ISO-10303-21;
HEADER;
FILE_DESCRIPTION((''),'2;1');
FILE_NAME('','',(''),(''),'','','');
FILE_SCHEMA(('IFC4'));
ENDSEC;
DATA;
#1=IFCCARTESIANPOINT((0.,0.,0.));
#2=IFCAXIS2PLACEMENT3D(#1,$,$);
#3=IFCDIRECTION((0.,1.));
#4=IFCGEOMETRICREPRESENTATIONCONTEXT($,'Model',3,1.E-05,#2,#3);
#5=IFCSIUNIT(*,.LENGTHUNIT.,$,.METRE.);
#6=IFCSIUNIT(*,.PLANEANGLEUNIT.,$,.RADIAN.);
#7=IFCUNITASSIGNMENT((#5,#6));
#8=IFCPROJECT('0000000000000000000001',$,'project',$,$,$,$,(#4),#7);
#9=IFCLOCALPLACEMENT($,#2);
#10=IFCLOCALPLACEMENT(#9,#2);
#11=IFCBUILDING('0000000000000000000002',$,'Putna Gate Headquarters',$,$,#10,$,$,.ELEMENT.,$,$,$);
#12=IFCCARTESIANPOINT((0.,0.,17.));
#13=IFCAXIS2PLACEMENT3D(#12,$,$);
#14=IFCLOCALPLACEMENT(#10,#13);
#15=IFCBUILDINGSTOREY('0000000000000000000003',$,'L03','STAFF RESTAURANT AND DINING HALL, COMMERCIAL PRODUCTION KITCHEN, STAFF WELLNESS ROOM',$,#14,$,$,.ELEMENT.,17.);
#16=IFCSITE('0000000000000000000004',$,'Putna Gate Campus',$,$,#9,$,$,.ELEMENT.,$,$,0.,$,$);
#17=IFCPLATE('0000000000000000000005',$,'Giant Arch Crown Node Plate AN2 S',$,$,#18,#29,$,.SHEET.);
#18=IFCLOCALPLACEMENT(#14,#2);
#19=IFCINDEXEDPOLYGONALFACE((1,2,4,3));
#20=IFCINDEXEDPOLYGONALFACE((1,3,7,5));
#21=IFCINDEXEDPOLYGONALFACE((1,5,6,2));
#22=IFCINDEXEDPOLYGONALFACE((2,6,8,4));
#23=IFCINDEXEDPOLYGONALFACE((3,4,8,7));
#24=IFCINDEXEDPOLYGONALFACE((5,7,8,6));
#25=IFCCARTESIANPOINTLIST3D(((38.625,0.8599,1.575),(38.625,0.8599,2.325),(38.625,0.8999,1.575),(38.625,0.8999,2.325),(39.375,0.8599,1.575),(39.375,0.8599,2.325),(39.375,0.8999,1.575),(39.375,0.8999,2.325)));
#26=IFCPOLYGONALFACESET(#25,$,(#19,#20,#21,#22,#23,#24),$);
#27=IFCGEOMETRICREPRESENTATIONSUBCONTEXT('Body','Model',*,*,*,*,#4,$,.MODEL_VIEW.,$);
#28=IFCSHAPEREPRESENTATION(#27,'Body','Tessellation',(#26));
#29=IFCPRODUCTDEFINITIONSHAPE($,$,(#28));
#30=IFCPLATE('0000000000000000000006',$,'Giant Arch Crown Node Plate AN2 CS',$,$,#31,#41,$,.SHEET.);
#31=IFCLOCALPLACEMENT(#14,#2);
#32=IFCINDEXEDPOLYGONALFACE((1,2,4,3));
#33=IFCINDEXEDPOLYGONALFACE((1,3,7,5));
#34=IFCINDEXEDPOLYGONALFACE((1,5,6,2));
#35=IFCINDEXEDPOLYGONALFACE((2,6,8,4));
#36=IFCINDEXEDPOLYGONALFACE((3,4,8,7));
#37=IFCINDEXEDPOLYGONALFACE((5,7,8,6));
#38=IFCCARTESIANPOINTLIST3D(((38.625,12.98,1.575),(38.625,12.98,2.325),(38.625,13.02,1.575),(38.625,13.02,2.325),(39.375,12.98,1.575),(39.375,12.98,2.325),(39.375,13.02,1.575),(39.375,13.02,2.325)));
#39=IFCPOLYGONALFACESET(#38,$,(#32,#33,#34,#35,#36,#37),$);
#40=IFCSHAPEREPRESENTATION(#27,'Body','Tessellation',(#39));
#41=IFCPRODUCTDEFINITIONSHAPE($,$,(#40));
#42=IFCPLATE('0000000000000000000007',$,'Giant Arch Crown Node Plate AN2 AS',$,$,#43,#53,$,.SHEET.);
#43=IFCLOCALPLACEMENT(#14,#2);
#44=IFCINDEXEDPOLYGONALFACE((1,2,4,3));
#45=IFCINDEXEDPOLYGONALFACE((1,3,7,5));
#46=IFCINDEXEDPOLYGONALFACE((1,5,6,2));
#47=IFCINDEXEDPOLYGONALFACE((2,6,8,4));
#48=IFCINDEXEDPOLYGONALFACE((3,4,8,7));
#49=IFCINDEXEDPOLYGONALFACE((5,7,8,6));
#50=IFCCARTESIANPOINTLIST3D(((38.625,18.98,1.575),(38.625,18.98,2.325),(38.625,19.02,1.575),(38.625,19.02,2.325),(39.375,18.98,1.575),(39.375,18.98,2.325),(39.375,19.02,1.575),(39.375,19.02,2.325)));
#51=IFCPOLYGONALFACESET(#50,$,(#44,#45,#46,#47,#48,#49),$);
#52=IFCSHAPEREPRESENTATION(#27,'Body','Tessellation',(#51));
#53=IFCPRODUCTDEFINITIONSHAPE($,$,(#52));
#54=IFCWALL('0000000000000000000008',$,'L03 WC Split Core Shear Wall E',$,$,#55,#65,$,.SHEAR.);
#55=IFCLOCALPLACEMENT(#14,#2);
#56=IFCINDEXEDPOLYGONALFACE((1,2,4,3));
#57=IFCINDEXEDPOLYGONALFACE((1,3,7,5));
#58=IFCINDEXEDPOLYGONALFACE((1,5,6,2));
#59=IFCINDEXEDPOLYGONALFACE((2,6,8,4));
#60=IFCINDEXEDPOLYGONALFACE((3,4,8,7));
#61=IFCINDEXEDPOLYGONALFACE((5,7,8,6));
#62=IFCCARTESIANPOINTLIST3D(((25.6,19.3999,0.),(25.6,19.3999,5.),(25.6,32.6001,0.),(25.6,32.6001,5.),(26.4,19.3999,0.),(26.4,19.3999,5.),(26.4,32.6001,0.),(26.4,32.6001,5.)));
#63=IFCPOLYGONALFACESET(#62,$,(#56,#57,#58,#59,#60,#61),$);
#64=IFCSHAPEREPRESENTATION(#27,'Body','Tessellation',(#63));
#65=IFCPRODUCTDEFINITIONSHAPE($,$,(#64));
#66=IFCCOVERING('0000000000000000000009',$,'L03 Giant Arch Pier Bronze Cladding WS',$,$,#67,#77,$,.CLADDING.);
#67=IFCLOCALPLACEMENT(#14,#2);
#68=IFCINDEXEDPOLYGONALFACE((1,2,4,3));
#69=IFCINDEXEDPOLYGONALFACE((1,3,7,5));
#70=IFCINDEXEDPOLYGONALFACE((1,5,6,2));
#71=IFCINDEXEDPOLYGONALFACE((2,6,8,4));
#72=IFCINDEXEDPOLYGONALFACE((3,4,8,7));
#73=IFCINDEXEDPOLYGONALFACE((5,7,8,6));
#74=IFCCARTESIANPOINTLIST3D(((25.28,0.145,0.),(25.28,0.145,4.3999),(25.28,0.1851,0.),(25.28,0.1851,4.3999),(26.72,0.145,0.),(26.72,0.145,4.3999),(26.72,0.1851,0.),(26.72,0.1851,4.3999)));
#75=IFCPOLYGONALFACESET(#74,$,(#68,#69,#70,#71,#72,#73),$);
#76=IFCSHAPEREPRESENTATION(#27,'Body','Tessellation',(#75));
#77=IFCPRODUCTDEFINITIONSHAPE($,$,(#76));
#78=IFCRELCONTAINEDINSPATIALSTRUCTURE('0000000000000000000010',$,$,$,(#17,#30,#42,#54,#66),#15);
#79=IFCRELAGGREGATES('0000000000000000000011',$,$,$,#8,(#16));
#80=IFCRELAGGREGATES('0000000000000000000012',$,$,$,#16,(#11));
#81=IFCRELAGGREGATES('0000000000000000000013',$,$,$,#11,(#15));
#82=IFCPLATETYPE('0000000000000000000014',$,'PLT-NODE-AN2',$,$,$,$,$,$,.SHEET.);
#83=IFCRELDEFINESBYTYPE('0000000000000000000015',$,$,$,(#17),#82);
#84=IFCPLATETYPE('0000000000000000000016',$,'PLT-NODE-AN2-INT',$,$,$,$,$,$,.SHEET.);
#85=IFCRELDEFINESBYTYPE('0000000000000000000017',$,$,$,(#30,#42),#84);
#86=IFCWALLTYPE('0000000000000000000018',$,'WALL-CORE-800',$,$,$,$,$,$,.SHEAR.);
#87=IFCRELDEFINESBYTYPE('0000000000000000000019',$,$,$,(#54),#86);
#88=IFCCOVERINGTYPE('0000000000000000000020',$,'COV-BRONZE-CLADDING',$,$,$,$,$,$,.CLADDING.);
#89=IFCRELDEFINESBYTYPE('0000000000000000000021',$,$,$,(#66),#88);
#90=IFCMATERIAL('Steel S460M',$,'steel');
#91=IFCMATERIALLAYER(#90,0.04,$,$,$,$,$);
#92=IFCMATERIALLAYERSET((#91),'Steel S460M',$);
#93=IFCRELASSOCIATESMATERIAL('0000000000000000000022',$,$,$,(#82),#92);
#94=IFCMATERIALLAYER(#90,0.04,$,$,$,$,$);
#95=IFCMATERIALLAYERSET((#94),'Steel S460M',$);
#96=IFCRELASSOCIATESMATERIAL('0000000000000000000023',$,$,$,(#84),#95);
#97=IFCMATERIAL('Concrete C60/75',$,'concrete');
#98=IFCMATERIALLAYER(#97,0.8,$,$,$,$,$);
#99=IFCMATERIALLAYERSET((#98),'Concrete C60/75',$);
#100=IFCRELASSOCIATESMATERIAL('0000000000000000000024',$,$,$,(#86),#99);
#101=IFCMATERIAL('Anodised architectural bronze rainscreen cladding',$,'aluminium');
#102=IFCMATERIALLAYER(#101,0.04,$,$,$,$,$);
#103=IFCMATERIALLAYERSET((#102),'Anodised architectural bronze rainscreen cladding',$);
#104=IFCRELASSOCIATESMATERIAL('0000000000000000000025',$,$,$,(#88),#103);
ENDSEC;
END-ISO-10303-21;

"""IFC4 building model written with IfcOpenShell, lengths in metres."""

from ifc_helpers import new_model, si_unit, direction, frame, frame_2d, origin, origin_2d, place, context, subcontext, project, spatial, rectangle, extrude, material, layer, layer_set, type_object, element, save


model = new_model("IFC4")

# Units and contexts
model_context = context("Model", 3, precision=1e-05, world=origin(), true_north=direction((0.0, 1.0)))
body_context = subcontext(model_context, "Body", "Model", "MODEL_VIEW")
ifc_project = project(units=[si_unit("LENGTHUNIT", "METRE"), si_unit("PLANEANGLEUNIT", "RADIAN")], contexts=[model_context])

# Site, building, storey
site_placement = place(None, origin())
site = spatial("IfcSite", under=ifc_project, at=site_placement, Name="Putna Gate Campus", CompositionType="ELEMENT", RefElevation=0.0)
building_placement = place(site_placement, origin())
building = spatial("IfcBuilding", under=site, at=building_placement, Name="Putna Gate Headquarters", CompositionType="ELEMENT")
storey_placement = place(building_placement, frame((0.0, 0.0, 17.0)))
storey = spatial("IfcBuildingStorey", under=building, at=storey_placement, Name="L03", Description="STAFF RESTAURANT AND DINING HALL, COMMERCIAL PRODUCTION KITCHEN, STAFF WELLNESS ROOM", CompositionType="ELEMENT", Elevation=17.0)

# Shared definitions
ifc_material_1 = material(Name="Concrete C60/75", Category="concrete")

# Shared definitions
ifc_material_2 = material(Name="Steel S460M", Category="steel")

# Plates
ifc_layer_1 = layer(ifc_material_2, 0.04)
ifc_layer_set_1 = layer_set([ifc_layer_1], Name="Steel S460M")
plate_type_1 = type_object("IfcPlateType", Name="PLT-NODE-AN2", PredefinedType="SHEET", material=ifc_layer_set_1)
plate_1_placement = place(storey_placement, frame((39.0, 0.8799, 1.575), z_axis=(0.0, 0.0, 1.0), x_axis=(1.0, 0.0, 0.0)))
element("IfcPlate", 1, at=plate_1_placement, inside=storey, type_object=plate_type_1, Name="Giant Arch Crown Node Plate AN2 S", PredefinedType="SHEET", context=body_context, shape_type="SweptSolid", body=[
    extrude(rectangle(XDim=0.75, YDim=0.04, at=origin_2d()), origin(), (0.0, 0.0, 1.0), 0.75),
])
ifc_layer_2 = layer(ifc_material_2, 0.04)
ifc_layer_set_2 = layer_set([ifc_layer_2], Name="Steel S460M")
plate_type_2 = type_object("IfcPlateType", Name="PLT-NODE-AN2-INT", PredefinedType="SHEET", material=ifc_layer_set_2)
for number, where, z_axis, x_axis, name in (
    (2, (39.0, 13.0, 1.575), (0.0, 0.0, 1.0), (1.0, 0.0, 0.0), "Giant Arch Crown Node Plate AN2 CS"),
    (3, (39.0, 19.0, 1.575), (0.0, 0.0, 1.0), (1.0, 0.0, 0.0), "Giant Arch Crown Node Plate AN2 AS"),
):
    element("IfcPlate", number, at=place(storey_placement, frame(where, z_axis=z_axis, x_axis=x_axis)), inside=storey, type_object=plate_type_2, Name=name, PredefinedType="SHEET", context=body_context, shape_type="SweptSolid", body=[
        extrude(rectangle(XDim=0.75, YDim=0.04, at=origin_2d()), origin(), (0.0, 0.0, 1.0), 0.75),
    ])

# Wall
ifc_layer_3 = layer(ifc_material_1, 0.8)
ifc_layer_set_3 = layer_set([ifc_layer_3], Name="Concrete C60/75")
wall_type = type_object("IfcWallType", Name="WALL-CORE-800", PredefinedType="SHEAR", material=ifc_layer_set_3)
wall_placement = place(storey_placement, frame((26.0, 19.3999, 0.0), z_axis=(0.0, 0.0, 1.0), x_axis=(0.0, 1.0, 0.0)))
element("IfcWall", 4, at=wall_placement, inside=storey, type_object=wall_type, Name="L03 WC Split Core Shear Wall E", PredefinedType="SHEAR", context=body_context, shape_type="SweptSolid", body=[
    extrude(rectangle(XDim=13.2002, YDim=0.8, at=frame_2d((6.6001, 0.0))), origin(), (0.0, 0.0, 1.0), 5.0),
])

# Covering
ifc_material_3 = material(Name="Anodised architectural bronze rainscreen cladding", Category="aluminium")
ifc_layer_4 = layer(ifc_material_3, 0.04)
ifc_layer_set_4 = layer_set([ifc_layer_4], Name="Anodised architectural bronze rainscreen cladding")
covering_type = type_object("IfcCoveringType", Name="COV-BRONZE-CLADDING", PredefinedType="CLADDING", material=ifc_layer_set_4)
covering_placement = place(storey_placement, frame((26.0, 0.165, 0.0), z_axis=(0.0, 0.0, 1.0), x_axis=(1.0, 0.0, 0.0)))
element("IfcCovering", 5, at=covering_placement, inside=storey, type_object=covering_type, Name="L03 Giant Arch Pier Bronze Cladding WS", PredefinedType="CLADDING", context=body_context, shape_type="SweptSolid", body=[
    extrude(rectangle(XDim=1.4399, YDim=0.04, at=origin_2d()), origin(), (0.0, 0.0, 1.0), 4.3999),
])

save(model, "model.ifc")
